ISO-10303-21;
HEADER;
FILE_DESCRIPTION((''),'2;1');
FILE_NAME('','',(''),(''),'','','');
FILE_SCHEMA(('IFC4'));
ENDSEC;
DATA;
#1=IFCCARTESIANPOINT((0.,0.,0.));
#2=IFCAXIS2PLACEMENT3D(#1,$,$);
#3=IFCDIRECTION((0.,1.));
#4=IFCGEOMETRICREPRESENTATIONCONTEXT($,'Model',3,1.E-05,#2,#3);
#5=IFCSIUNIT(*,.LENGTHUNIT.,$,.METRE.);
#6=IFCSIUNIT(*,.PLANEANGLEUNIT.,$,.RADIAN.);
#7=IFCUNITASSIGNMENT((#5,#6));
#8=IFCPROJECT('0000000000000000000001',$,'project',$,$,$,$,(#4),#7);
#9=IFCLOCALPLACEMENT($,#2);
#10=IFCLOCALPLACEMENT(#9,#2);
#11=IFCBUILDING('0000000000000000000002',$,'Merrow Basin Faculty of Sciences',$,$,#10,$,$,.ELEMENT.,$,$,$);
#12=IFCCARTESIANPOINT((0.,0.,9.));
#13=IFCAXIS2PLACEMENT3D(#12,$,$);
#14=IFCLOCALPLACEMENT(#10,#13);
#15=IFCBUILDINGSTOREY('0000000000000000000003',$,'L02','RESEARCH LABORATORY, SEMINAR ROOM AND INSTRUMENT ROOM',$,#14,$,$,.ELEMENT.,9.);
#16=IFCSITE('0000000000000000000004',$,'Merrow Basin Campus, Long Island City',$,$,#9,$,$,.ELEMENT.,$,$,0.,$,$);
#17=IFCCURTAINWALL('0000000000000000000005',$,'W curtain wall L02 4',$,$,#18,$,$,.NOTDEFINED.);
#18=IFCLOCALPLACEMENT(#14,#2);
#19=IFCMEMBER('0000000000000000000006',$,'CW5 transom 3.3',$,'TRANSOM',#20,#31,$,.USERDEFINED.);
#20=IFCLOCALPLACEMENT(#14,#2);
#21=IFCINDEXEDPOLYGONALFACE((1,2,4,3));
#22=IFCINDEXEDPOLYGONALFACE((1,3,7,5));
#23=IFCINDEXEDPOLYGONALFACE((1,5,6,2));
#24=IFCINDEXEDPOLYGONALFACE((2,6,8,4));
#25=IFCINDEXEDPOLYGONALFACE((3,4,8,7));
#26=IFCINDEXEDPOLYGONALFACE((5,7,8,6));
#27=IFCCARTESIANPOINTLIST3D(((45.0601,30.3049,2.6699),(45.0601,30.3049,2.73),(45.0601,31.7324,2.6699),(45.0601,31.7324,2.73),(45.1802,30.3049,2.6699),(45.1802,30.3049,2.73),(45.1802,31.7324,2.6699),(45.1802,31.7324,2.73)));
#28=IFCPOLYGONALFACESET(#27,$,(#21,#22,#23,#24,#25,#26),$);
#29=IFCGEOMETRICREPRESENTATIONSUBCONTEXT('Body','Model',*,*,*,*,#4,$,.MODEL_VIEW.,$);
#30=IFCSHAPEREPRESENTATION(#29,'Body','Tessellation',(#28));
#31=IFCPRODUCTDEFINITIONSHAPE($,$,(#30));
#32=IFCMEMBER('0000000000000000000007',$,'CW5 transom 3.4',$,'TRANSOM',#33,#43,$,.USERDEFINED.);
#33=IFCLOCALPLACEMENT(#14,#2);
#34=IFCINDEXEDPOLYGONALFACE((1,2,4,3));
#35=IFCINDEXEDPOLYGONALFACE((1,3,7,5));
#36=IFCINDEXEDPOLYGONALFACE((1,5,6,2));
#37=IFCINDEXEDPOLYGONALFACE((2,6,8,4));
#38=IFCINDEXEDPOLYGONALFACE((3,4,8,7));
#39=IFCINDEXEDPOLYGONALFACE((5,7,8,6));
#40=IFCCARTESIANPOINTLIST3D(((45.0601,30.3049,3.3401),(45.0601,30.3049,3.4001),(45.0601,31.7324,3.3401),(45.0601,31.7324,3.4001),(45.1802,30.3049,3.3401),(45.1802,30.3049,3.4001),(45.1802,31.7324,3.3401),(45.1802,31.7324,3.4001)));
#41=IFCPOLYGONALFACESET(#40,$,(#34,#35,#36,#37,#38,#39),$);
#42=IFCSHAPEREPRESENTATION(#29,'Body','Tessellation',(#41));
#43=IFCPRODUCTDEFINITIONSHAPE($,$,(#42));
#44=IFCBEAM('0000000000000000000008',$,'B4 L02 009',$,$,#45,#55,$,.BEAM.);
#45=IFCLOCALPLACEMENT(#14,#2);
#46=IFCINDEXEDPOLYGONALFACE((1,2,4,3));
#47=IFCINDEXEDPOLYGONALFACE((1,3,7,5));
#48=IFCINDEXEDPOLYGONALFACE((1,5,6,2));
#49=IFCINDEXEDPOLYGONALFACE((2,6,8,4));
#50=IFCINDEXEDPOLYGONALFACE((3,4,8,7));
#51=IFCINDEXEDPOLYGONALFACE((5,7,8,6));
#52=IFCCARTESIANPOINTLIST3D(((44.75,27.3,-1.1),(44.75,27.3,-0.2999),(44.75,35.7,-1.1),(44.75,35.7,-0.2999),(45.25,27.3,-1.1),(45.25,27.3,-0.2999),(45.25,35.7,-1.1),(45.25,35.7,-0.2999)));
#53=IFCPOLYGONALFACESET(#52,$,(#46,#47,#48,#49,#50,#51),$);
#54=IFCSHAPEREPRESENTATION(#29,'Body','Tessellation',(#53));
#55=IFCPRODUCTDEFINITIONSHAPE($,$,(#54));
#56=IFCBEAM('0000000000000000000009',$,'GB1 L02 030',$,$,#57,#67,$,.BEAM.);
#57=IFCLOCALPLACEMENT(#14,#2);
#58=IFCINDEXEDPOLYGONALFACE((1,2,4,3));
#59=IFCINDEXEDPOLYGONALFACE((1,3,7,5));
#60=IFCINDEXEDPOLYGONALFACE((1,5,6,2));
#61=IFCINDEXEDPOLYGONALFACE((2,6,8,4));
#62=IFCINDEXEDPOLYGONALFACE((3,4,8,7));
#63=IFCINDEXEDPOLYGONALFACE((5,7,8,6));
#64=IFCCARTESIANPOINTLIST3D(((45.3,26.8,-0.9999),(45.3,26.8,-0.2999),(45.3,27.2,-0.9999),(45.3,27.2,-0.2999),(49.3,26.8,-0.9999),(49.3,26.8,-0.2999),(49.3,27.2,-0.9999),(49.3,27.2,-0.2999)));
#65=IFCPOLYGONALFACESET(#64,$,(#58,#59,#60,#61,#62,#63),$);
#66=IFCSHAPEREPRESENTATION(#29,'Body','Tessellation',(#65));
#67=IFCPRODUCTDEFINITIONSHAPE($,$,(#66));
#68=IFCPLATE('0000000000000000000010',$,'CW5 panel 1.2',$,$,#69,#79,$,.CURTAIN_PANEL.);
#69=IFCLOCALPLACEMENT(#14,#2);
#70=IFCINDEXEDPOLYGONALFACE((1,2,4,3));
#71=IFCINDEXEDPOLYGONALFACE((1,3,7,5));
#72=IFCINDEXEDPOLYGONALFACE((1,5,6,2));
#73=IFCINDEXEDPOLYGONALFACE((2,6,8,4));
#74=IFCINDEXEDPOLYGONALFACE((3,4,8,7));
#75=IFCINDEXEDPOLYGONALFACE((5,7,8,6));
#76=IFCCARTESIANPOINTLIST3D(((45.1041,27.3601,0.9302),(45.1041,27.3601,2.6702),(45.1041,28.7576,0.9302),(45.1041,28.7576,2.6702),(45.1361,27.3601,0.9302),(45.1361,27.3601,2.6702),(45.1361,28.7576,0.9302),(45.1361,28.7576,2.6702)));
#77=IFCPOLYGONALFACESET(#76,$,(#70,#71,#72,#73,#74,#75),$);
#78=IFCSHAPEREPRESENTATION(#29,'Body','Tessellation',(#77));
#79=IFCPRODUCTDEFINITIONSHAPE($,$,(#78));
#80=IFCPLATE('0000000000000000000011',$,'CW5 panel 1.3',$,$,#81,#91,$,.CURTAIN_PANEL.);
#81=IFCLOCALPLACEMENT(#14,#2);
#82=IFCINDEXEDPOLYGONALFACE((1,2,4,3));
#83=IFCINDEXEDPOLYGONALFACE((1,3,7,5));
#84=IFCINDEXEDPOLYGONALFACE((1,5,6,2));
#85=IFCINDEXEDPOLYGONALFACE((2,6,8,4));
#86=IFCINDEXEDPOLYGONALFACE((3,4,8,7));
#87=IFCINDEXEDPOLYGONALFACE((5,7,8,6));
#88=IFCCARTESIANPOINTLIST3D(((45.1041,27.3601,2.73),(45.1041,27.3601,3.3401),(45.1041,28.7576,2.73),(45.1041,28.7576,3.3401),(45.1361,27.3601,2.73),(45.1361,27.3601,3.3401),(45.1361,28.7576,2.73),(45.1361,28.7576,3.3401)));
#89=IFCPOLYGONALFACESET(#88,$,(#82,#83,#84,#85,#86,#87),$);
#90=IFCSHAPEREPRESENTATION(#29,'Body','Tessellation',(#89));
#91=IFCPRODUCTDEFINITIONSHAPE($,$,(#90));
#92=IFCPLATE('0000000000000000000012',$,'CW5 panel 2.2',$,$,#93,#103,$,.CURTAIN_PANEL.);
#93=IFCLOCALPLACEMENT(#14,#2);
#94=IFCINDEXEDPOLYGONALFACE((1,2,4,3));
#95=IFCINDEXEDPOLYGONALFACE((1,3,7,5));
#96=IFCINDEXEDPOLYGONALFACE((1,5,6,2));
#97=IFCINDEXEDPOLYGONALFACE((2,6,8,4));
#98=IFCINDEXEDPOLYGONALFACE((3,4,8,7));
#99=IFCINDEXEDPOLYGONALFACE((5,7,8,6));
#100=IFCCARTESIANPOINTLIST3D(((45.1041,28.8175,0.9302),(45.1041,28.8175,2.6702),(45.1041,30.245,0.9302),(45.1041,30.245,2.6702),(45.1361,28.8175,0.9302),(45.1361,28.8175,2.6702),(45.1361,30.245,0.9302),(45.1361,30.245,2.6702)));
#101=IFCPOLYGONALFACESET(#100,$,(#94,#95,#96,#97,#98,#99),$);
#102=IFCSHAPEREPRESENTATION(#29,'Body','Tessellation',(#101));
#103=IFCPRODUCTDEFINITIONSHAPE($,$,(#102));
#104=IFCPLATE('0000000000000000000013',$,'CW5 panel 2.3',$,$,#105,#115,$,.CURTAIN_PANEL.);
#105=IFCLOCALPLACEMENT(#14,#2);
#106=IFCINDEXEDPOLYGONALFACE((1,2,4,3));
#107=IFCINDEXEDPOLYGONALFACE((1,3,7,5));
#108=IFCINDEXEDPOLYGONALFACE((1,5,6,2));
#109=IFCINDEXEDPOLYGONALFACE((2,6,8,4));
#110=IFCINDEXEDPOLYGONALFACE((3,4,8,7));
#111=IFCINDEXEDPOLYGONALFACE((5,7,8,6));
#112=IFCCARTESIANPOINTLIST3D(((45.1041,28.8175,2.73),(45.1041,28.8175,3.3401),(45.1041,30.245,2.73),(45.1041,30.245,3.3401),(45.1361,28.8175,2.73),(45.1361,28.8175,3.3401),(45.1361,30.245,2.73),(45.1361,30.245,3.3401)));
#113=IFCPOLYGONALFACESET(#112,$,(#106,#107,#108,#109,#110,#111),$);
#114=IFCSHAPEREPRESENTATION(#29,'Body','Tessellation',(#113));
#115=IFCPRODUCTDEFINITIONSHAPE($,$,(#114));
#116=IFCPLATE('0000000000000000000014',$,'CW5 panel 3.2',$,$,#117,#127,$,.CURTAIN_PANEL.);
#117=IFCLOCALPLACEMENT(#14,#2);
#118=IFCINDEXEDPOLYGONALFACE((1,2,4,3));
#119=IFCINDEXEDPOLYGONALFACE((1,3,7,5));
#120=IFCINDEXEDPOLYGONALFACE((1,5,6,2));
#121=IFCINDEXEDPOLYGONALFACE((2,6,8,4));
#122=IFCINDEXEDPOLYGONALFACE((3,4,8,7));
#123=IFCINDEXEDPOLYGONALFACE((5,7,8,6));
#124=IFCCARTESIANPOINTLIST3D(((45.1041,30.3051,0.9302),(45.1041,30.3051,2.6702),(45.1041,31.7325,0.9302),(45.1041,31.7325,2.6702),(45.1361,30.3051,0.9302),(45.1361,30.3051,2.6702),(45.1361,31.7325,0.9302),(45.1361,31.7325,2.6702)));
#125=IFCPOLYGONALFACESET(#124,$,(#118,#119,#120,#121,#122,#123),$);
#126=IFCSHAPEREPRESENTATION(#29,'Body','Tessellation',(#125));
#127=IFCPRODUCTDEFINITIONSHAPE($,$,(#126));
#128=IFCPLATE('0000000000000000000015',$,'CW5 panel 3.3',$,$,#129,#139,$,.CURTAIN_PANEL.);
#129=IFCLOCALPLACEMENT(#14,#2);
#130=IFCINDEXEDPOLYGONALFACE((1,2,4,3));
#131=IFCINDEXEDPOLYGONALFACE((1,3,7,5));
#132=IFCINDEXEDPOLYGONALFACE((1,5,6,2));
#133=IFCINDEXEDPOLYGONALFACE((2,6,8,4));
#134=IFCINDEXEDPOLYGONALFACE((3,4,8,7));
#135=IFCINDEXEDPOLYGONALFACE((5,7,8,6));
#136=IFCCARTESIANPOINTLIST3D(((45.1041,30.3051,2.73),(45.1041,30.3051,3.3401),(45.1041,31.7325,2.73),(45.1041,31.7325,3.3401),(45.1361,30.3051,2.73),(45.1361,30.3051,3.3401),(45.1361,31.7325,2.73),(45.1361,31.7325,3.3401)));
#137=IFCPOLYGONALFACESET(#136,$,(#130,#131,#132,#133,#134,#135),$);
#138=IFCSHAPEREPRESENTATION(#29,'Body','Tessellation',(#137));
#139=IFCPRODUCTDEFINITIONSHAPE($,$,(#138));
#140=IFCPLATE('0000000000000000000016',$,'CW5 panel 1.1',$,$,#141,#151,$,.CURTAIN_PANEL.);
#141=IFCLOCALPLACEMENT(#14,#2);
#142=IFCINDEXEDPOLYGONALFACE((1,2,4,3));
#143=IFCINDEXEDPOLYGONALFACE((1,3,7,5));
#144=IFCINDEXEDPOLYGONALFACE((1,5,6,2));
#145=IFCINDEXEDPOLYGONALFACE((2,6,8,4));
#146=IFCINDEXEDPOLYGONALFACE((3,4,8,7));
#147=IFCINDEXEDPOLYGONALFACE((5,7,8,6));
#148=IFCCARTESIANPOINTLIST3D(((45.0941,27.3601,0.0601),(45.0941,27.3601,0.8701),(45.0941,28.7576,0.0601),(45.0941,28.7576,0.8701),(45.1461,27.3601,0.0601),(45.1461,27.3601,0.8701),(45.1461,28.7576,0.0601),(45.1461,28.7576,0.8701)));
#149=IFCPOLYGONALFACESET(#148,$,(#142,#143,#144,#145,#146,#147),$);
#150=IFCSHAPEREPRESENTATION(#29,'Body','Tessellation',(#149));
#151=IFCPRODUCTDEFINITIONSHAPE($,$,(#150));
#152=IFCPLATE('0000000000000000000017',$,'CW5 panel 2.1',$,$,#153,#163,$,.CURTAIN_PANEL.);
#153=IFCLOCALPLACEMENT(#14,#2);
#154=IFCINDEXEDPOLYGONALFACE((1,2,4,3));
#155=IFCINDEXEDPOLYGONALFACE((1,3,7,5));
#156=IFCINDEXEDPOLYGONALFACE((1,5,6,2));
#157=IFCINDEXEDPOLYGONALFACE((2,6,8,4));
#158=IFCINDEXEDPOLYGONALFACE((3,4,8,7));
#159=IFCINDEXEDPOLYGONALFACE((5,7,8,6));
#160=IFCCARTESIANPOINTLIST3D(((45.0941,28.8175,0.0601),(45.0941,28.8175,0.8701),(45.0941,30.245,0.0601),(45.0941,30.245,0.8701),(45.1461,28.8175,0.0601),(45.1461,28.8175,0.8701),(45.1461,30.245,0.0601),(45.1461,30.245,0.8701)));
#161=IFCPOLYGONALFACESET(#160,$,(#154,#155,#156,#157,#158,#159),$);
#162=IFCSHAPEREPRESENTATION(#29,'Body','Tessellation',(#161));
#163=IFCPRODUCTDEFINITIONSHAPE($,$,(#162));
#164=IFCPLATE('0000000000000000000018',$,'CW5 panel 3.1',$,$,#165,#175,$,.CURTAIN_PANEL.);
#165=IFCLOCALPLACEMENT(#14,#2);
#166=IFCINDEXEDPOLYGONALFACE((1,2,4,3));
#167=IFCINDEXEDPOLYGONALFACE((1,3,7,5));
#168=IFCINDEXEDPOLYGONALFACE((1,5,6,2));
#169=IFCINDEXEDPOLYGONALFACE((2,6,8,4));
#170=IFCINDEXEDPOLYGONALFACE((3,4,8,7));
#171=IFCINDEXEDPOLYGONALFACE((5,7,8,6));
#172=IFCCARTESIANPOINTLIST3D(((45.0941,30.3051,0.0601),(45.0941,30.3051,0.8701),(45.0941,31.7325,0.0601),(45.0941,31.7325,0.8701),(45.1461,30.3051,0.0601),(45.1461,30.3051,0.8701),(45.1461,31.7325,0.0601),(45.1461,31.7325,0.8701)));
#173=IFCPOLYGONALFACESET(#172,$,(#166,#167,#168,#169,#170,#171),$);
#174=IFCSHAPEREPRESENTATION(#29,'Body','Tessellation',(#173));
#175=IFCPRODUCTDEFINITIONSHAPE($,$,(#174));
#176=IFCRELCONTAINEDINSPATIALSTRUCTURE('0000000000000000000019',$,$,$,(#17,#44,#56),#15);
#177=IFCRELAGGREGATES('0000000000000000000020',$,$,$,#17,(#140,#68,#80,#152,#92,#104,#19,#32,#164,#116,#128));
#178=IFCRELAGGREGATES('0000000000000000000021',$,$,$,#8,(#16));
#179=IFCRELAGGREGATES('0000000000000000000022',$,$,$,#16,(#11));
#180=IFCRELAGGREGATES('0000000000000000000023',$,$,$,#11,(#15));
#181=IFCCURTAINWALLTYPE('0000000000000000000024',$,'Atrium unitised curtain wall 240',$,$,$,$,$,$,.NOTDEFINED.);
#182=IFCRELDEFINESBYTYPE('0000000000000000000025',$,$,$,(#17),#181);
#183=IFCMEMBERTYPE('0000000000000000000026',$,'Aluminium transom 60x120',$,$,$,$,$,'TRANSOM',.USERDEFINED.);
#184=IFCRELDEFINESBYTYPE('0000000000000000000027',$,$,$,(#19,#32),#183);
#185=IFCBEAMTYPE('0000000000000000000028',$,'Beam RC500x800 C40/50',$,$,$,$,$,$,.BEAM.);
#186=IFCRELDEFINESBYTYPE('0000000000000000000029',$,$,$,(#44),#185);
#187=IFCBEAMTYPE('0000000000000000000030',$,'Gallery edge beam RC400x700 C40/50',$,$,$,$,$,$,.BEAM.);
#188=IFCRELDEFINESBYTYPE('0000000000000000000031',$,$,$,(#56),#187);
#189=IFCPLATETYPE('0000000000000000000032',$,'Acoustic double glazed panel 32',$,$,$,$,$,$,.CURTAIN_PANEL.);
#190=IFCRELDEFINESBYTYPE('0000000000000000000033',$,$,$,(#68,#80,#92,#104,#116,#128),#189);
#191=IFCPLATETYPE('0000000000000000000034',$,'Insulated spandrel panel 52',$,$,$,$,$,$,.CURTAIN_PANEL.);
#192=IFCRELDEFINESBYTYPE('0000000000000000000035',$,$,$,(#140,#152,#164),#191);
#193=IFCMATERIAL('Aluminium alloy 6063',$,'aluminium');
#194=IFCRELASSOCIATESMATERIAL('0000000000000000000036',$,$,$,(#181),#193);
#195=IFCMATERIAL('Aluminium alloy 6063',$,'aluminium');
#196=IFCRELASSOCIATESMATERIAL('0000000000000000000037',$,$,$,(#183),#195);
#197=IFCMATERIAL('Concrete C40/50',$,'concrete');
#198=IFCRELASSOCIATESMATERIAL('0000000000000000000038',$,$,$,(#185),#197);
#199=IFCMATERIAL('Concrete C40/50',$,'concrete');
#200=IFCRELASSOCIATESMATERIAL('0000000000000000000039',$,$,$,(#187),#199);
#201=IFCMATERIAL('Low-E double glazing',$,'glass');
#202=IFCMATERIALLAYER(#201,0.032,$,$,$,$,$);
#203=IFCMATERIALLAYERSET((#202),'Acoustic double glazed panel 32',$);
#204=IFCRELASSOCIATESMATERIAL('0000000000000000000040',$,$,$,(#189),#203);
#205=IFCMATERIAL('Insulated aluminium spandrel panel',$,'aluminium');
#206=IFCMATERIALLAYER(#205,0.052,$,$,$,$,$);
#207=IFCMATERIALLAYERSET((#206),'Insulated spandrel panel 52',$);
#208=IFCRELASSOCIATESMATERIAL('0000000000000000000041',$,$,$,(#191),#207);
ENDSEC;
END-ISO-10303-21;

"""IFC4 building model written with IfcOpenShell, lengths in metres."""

from ifc_helpers import new_model, si_unit, direction, frame, origin, origin_2d, place, context, subcontext, project, spatial, rectangle, extrude, material, layer, layer_set, material_profile, profile_set, type_object, element, aggregate, save


model = new_model("IFC4")

# Units and contexts
model_context = context("Model", 3, precision=1e-05, world=origin(), true_north=direction((0.0, 1.0)))
body_context = subcontext(model_context, "Body", "Model", "MODEL_VIEW")
ifc_project = project(units=[si_unit("LENGTHUNIT", "METRE"), si_unit("PLANEANGLEUNIT", "RADIAN")], contexts=[model_context])

# Site, building, storey
site_placement = place(None, origin())
site = spatial("IfcSite", under=ifc_project, at=site_placement, Name="Merrow Basin Campus, Long Island City", CompositionType="ELEMENT", RefElevation=0.0)
building_placement = place(site_placement, origin())
building = spatial("IfcBuilding", under=site, at=building_placement, Name="Merrow Basin Faculty of Sciences", CompositionType="ELEMENT")
storey_placement = place(building_placement, frame((0.0, 0.0, 9.0)))
storey = spatial("IfcBuildingStorey", under=building, at=storey_placement, Name="L02", Description="RESEARCH LABORATORY, SEMINAR ROOM AND INSTRUMENT ROOM", CompositionType="ELEMENT", Elevation=9.0)

# Curtain wall, members
ifc_material_1 = material(Name="Aluminium alloy 6063", Category="aluminium")
curtain_wall_type = type_object("IfcCurtainWallType", Name="Atrium unitised curtain wall 240", PredefinedType="NOTDEFINED", material=ifc_material_1)
curtain_wall_placement = place(storey_placement, origin())
curtain_wall = element("IfcCurtainWall", 1, at=curtain_wall_placement, inside=storey, type_object=curtain_wall_type, Name="W curtain wall L02 4", PredefinedType="NOTDEFINED")
ifc_material_2 = material(Name="Aluminium alloy 6063", Category="aluminium")
ifc_material_profile_1 = material_profile(ifc_material_2, rectangle(XDim=0.1201, YDim=0.0601, at=origin_2d()))
ifc_profile_set_1 = profile_set([ifc_material_profile_1], Name="Aluminium alloy 6063")
member_type_1 = type_object("IfcMemberType", Name="Aluminium transom 60x120", ElementType="TRANSOM", PredefinedType="USERDEFINED", material=ifc_profile_set_1)
member_1_placement = place(storey_placement, frame((45.1201, 30.3049, 2.7), z_axis=(0.0, 1.0, 0.0), x_axis=(-1.0, 0.0, 0.0)))
member_1 = element("IfcMember", 2, at=member_1_placement, type_object=member_type_1, Name="CW5 transom 3.3", ObjectType="TRANSOM", PredefinedType="USERDEFINED", context=body_context, shape_type="SweptSolid", body=[
    extrude(rectangle(XDim=0.1201, YDim=0.0601, at=origin_2d()), origin(), (0.0, 0.0, 1.0), 1.4275),
])
member_2_placement = place(storey_placement, frame((45.1201, 30.3049, 3.3701), z_axis=(0.0, 1.0, 0.0), x_axis=(-1.0, 0.0, 0.0)))
member_2 = element("IfcMember", 3, at=member_2_placement, type_object=member_type_1, Name="CW5 transom 3.4", ObjectType="TRANSOM", PredefinedType="USERDEFINED", context=body_context, shape_type="SweptSolid", body=[
    extrude(rectangle(XDim=0.1201, YDim=0.0601, at=origin_2d()), origin(), (0.0, 0.0, 1.0), 1.4275),
])

# Beams
ifc_material_3 = material(Name="Concrete C40/50", Category="concrete")
ifc_material_profile_2 = material_profile(ifc_material_3, rectangle(XDim=0.5, YDim=0.8, at=origin_2d()))
ifc_profile_set_2 = profile_set([ifc_material_profile_2], Name="Concrete C40/50")
beam_type_1 = type_object("IfcBeamType", Name="Beam RC500x800 C40/50", PredefinedType="BEAM", material=ifc_profile_set_2)
beam_1_placement = place(storey_placement, frame((45.0, 27.3, -0.7), z_axis=(0.0, 1.0, 0.0), x_axis=(-1.0, 0.0, 0.0)))
element("IfcBeam", 4, at=beam_1_placement, inside=storey, type_object=beam_type_1, Name="B4 L02 009", PredefinedType="BEAM", context=body_context, shape_type="SweptSolid", body=[
    extrude(rectangle(XDim=0.5, YDim=0.8, at=origin_2d()), origin(), (0.0, 0.0, 1.0), 8.3999),
])
ifc_material_4 = material(Name="Concrete C40/50", Category="concrete")
ifc_material_profile_3 = material_profile(ifc_material_4, rectangle(XDim=0.3999, YDim=0.7, at=origin_2d()))
ifc_profile_set_3 = profile_set([ifc_material_profile_3], Name="Concrete C40/50")
beam_type_2 = type_object("IfcBeamType", Name="Gallery edge beam RC400x700 C40/50", PredefinedType="BEAM", material=ifc_profile_set_3)
beam_2_placement = place(storey_placement, frame((45.3, 27.0, -0.6499), z_axis=(1.0, 0.0, 0.0), x_axis=(0.0, 1.0, 0.0)))
element("IfcBeam", 5, at=beam_2_placement, inside=storey, type_object=beam_type_2, Name="GB1 L02 030", PredefinedType="BEAM", context=body_context, shape_type="SweptSolid", body=[
    extrude(rectangle(XDim=0.3999, YDim=0.7, at=origin_2d()), origin(), (0.0, 0.0, 1.0), 4.0),
])

# Plates
ifc_material_5 = material(Name="Low-E double glazing", Category="glass")
ifc_layer_1 = layer(ifc_material_5, 0.032)
ifc_layer_set_1 = layer_set([ifc_layer_1], Name="Acoustic double glazed panel 32")
plate_type_1 = type_object("IfcPlateType", Name="Acoustic double glazed panel 32", PredefinedType="CURTAIN_PANEL", material=ifc_layer_set_1)
plate_1_placement = place(storey_placement, frame((45.1201, 28.0588, 0.9302), z_axis=(0.0, 0.0, 1.0), x_axis=(0.0, 1.0, 0.0)))
plate_1 = element("IfcPlate", 6, at=plate_1_placement, type_object=plate_type_1, Name="CW5 panel 1.2", PredefinedType="CURTAIN_PANEL", context=body_context, shape_type="SweptSolid", body=[
    extrude(rectangle(XDim=1.3975, YDim=0.032, at=origin_2d()), origin(), (0.0, 0.0, 1.0), 1.74),
])
plate_2_placement = place(storey_placement, frame((45.1201, 28.0588, 2.73), z_axis=(0.0, 0.0, 1.0), x_axis=(0.0, 1.0, 0.0)))
plate_2 = element("IfcPlate", 7, at=plate_2_placement, type_object=plate_type_1, Name="CW5 panel 1.3", PredefinedType="CURTAIN_PANEL", context=body_context, shape_type="SweptSolid", body=[
    extrude(rectangle(XDim=1.3975, YDim=0.032, at=origin_2d()), origin(), (0.0, 0.0, 1.0), 0.6101),
])
plate_3_placement = place(storey_placement, frame((45.1201, 29.5312, 0.9302), z_axis=(0.0, 0.0, 1.0), x_axis=(0.0, 1.0, 0.0)))
plate_3 = element("IfcPlate", 8, at=plate_3_placement, type_object=plate_type_1, Name="CW5 panel 2.2", PredefinedType="CURTAIN_PANEL", context=body_context, shape_type="SweptSolid", body=[
    extrude(rectangle(XDim=1.4275, YDim=0.032, at=origin_2d()), origin(), (0.0, 0.0, 1.0), 1.74),
])
plate_4_placement = place(storey_placement, frame((45.1201, 29.5312, 2.73), z_axis=(0.0, 0.0, 1.0), x_axis=(0.0, 1.0, 0.0)))
plate_4 = element("IfcPlate", 9, at=plate_4_placement, type_object=plate_type_1, Name="CW5 panel 2.3", PredefinedType="CURTAIN_PANEL", context=body_context, shape_type="SweptSolid", body=[
    extrude(rectangle(XDim=1.4275, YDim=0.032, at=origin_2d()), origin(), (0.0, 0.0, 1.0), 0.6101),
])
plate_5_placement = place(storey_placement, frame((45.1201, 31.0188, 0.9302), z_axis=(0.0, 0.0, 1.0), x_axis=(0.0, 1.0, 0.0)))
plate_5 = element("IfcPlate", 10, at=plate_5_placement, type_object=plate_type_1, Name="CW5 panel 3.2", PredefinedType="CURTAIN_PANEL", context=body_context, shape_type="SweptSolid", body=[
    extrude(rectangle(XDim=1.4275, YDim=0.032, at=origin_2d()), origin(), (0.0, 0.0, 1.0), 1.74),
])
plate_6_placement = place(storey_placement, frame((45.1201, 31.0188, 2.73), z_axis=(0.0, 0.0, 1.0), x_axis=(0.0, 1.0, 0.0)))
plate_6 = element("IfcPlate", 11, at=plate_6_placement, type_object=plate_type_1, Name="CW5 panel 3.3", PredefinedType="CURTAIN_PANEL", context=body_context, shape_type="SweptSolid", body=[
    extrude(rectangle(XDim=1.4275, YDim=0.032, at=origin_2d()), origin(), (0.0, 0.0, 1.0), 0.6101),
])
ifc_material_6 = material(Name="Insulated aluminium spandrel panel", Category="aluminium")
ifc_layer_2 = layer(ifc_material_6, 0.052)
ifc_layer_set_2 = layer_set([ifc_layer_2], Name="Insulated spandrel panel 52")
plate_type_2 = type_object("IfcPlateType", Name="Insulated spandrel panel 52", PredefinedType="CURTAIN_PANEL", material=ifc_layer_set_2)
plate_7_placement = place(storey_placement, frame((45.1201, 28.0588, 0.0601), z_axis=(0.0, 0.0, 1.0), x_axis=(0.0, 1.0, 0.0)))
plate_7 = element("IfcPlate", 12, at=plate_7_placement, type_object=plate_type_2, Name="CW5 panel 1.1", PredefinedType="CURTAIN_PANEL", context=body_context, shape_type="SweptSolid", body=[
    extrude(rectangle(XDim=1.3975, YDim=0.052, at=origin_2d()), origin(), (0.0, 0.0, 1.0), 0.8101),
])
plate_8_placement = place(storey_placement, frame((45.1201, 29.5312, 0.0601), z_axis=(0.0, 0.0, 1.0), x_axis=(0.0, 1.0, 0.0)))
plate_8 = element("IfcPlate", 13, at=plate_8_placement, type_object=plate_type_2, Name="CW5 panel 2.1", PredefinedType="CURTAIN_PANEL", context=body_context, shape_type="SweptSolid", body=[
    extrude(rectangle(XDim=1.4275, YDim=0.052, at=origin_2d()), origin(), (0.0, 0.0, 1.0), 0.8101),
])
plate_9_placement = place(storey_placement, frame((45.1201, 31.0188, 0.0601), z_axis=(0.0, 0.0, 1.0), x_axis=(0.0, 1.0, 0.0)))
plate_9 = element("IfcPlate", 14, at=plate_9_placement, type_object=plate_type_2, Name="CW5 panel 3.1", PredefinedType="CURTAIN_PANEL", context=body_context, shape_type="SweptSolid", body=[
    extrude(rectangle(XDim=1.4275, YDim=0.052, at=origin_2d()), origin(), (0.0, 0.0, 1.0), 0.8101),
])
aggregate(curtain_wall, [plate_7, plate_1, plate_2, plate_8, plate_3, plate_4, member_1, member_2, plate_9, plate_5, plate_6])

save(model, "model.ifc")
